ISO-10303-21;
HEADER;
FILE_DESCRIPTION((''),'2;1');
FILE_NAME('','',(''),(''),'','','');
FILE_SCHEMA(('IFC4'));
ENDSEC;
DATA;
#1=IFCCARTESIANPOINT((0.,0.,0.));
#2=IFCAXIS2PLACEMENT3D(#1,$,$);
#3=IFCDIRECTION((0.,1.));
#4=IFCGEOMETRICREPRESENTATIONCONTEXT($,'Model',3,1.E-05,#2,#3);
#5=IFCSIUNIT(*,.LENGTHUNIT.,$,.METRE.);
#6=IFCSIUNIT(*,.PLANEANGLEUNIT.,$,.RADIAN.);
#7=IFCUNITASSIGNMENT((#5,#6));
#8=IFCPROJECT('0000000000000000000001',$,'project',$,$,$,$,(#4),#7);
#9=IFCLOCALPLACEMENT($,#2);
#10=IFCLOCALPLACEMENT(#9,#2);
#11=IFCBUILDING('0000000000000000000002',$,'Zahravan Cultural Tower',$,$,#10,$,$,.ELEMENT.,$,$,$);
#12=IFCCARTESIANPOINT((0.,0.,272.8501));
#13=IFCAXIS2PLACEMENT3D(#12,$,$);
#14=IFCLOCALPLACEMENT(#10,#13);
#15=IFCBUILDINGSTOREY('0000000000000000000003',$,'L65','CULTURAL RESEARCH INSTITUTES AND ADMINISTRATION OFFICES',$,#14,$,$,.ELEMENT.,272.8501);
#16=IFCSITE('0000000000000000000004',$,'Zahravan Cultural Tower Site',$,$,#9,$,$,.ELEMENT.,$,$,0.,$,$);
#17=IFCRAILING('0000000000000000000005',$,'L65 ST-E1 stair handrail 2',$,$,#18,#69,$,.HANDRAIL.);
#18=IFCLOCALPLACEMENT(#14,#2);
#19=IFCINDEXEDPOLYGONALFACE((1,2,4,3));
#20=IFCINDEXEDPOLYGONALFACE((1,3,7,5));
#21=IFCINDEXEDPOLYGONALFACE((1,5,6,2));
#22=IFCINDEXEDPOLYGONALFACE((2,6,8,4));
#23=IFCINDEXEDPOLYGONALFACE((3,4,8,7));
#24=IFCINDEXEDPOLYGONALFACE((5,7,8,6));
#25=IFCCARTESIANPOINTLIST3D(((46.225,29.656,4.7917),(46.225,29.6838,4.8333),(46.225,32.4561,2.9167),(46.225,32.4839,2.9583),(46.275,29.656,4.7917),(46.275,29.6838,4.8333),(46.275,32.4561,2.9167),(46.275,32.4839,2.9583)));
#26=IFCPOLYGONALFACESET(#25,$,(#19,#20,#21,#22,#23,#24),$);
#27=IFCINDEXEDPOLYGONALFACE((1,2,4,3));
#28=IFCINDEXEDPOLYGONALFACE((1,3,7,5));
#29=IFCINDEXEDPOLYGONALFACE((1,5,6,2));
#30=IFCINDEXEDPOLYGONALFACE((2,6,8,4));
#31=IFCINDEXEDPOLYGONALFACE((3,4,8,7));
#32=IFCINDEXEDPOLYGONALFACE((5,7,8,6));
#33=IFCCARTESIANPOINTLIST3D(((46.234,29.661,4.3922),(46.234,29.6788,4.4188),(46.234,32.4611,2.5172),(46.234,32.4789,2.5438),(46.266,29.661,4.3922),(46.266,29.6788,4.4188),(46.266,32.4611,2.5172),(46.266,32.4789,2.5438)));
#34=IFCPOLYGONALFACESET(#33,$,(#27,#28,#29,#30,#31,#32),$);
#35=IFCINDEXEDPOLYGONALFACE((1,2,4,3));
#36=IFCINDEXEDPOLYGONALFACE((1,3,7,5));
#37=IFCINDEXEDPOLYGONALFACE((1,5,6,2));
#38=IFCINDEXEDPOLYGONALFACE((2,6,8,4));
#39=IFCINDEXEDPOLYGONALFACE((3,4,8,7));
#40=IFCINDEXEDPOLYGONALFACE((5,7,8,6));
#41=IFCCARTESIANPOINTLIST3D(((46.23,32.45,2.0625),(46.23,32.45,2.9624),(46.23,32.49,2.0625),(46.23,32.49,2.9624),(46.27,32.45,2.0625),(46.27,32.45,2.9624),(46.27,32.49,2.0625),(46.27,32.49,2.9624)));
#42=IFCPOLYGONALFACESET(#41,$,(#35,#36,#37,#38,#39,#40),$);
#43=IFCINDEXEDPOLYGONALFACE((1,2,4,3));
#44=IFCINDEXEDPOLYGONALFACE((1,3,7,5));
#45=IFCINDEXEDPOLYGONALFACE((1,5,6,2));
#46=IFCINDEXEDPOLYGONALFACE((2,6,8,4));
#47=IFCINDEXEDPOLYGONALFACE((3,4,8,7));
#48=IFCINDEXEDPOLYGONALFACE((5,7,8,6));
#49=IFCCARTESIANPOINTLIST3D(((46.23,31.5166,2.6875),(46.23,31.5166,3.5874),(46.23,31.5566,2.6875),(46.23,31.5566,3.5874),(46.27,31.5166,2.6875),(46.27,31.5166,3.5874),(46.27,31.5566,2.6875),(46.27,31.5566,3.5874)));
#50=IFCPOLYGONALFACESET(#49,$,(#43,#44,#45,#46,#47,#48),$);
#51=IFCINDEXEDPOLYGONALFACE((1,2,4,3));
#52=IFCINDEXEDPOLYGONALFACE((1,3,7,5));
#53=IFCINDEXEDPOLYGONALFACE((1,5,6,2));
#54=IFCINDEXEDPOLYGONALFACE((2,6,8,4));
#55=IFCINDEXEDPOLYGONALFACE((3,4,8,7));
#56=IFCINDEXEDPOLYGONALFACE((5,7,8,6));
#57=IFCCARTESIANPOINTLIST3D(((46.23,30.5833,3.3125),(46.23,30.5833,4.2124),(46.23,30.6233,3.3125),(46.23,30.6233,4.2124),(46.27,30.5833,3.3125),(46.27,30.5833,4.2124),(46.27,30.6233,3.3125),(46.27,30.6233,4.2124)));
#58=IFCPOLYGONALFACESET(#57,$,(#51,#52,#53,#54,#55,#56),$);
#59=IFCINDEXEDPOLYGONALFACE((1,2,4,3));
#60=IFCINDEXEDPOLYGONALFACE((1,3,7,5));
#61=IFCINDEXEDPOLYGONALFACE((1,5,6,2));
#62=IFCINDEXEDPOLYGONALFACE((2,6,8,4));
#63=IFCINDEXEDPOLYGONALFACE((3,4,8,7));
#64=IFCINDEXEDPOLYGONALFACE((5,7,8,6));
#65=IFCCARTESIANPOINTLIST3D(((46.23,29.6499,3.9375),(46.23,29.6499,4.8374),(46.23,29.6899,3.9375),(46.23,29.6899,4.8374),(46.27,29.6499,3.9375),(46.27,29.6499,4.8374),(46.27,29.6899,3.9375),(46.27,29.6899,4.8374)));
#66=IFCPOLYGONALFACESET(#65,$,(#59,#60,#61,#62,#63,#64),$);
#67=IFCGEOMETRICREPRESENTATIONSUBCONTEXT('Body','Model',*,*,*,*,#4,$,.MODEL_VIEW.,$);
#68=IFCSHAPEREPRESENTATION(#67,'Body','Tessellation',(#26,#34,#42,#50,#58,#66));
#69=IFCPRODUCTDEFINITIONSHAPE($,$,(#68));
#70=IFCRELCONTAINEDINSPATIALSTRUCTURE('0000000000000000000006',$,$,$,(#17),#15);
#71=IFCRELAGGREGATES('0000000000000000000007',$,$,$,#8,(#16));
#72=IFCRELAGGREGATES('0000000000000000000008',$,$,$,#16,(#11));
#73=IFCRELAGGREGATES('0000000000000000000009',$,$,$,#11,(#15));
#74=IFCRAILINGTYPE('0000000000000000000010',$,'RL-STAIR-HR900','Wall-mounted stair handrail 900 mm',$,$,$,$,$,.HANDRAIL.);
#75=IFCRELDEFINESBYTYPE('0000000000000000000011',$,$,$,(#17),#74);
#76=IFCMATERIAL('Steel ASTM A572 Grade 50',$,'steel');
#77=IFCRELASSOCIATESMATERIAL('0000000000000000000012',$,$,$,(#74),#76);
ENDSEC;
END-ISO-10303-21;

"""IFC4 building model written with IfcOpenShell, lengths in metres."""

from ifc_helpers import new_model, si_unit, direction, frame, origin, origin_2d, place, context, subcontext, project, spatial, rectangle, extrude, material, type_object, element, save


model = new_model("IFC4")

# Units and contexts
model_context = context("Model", 3, precision=1e-05, world=origin(), true_north=direction((0.0, 1.0)))
body_context = subcontext(model_context, "Body", "Model", "MODEL_VIEW")
ifc_project = project(units=[si_unit("LENGTHUNIT", "METRE"), si_unit("PLANEANGLEUNIT", "RADIAN")], contexts=[model_context])

# Site, building, storey
site_placement = place(None, origin())
site = spatial("IfcSite", under=ifc_project, at=site_placement, Name="Zahravan Cultural Tower Site", CompositionType="ELEMENT", RefElevation=0.0)
building_placement = place(site_placement, origin())
building = spatial("IfcBuilding", under=site, at=building_placement, Name="Zahravan Cultural Tower", CompositionType="ELEMENT")
storey_placement = place(building_placement, frame((0.0, 0.0, 272.8501)))
storey = spatial("IfcBuildingStorey", under=building, at=storey_placement, Name="L65", Description="CULTURAL RESEARCH INSTITUTES AND ADMINISTRATION OFFICES", CompositionType="ELEMENT", Elevation=272.8501)

# Shared definitions
ifc_material_1 = material(Name="Steel ASTM A572 Grade 50", Category="steel")

# Railing
railing_type = type_object("IfcRailingType", Name="RL-STAIR-HR900", Description="Wall-mounted stair handrail 900 mm", PredefinedType="HANDRAIL", material=ifc_material_1)
railing_placement = place(storey_placement, frame((46.25, 32.47, 2.0625)))
element("IfcRailing", 1, at=railing_placement, inside=storey, type_object=railing_type, Name="L65 ST-E1 stair handrail 2", PredefinedType="HANDRAIL", context=body_context, shape_type="SweptSolid", body=[
    extrude(rectangle(XDim=0.05, YDim=0.05, at=origin_2d()), frame((0.0, 0.0, 0.875), z_axis=(0.0, -0.830912, 0.556404), x_axis=(1.0, 0.0, 0.0)), (0.0, 0.0, 1.0), 3.3699),
    extrude(rectangle(XDim=0.032, YDim=0.032, at=origin_2d()), frame((0.0, 0.0, 0.468), z_axis=(0.0, -0.830912, 0.556404), x_axis=(1.0, 0.0, 0.0)), (0.0, 0.0, 1.0), 3.3699),
    extrude(rectangle(XDim=0.04, YDim=0.04, at=origin_2d()), origin(), (0.0, 0.0, 1.0), 0.8999),
    extrude(rectangle(XDim=0.04, YDim=0.04, at=origin_2d()), frame((0.0, -0.9333, 0.625)), (0.0, 0.0, 1.0), 0.8999),
    extrude(rectangle(XDim=0.04, YDim=0.04, at=origin_2d()), frame((0.0, -1.8667, 1.25)), (0.0, 0.0, 1.0), 0.8999),
    extrude(rectangle(XDim=0.04, YDim=0.04, at=origin_2d()), frame((0.0, -2.8, 1.875)), (0.0, 0.0, 1.0), 0.8999),
])

save(model, "model.ifc")
